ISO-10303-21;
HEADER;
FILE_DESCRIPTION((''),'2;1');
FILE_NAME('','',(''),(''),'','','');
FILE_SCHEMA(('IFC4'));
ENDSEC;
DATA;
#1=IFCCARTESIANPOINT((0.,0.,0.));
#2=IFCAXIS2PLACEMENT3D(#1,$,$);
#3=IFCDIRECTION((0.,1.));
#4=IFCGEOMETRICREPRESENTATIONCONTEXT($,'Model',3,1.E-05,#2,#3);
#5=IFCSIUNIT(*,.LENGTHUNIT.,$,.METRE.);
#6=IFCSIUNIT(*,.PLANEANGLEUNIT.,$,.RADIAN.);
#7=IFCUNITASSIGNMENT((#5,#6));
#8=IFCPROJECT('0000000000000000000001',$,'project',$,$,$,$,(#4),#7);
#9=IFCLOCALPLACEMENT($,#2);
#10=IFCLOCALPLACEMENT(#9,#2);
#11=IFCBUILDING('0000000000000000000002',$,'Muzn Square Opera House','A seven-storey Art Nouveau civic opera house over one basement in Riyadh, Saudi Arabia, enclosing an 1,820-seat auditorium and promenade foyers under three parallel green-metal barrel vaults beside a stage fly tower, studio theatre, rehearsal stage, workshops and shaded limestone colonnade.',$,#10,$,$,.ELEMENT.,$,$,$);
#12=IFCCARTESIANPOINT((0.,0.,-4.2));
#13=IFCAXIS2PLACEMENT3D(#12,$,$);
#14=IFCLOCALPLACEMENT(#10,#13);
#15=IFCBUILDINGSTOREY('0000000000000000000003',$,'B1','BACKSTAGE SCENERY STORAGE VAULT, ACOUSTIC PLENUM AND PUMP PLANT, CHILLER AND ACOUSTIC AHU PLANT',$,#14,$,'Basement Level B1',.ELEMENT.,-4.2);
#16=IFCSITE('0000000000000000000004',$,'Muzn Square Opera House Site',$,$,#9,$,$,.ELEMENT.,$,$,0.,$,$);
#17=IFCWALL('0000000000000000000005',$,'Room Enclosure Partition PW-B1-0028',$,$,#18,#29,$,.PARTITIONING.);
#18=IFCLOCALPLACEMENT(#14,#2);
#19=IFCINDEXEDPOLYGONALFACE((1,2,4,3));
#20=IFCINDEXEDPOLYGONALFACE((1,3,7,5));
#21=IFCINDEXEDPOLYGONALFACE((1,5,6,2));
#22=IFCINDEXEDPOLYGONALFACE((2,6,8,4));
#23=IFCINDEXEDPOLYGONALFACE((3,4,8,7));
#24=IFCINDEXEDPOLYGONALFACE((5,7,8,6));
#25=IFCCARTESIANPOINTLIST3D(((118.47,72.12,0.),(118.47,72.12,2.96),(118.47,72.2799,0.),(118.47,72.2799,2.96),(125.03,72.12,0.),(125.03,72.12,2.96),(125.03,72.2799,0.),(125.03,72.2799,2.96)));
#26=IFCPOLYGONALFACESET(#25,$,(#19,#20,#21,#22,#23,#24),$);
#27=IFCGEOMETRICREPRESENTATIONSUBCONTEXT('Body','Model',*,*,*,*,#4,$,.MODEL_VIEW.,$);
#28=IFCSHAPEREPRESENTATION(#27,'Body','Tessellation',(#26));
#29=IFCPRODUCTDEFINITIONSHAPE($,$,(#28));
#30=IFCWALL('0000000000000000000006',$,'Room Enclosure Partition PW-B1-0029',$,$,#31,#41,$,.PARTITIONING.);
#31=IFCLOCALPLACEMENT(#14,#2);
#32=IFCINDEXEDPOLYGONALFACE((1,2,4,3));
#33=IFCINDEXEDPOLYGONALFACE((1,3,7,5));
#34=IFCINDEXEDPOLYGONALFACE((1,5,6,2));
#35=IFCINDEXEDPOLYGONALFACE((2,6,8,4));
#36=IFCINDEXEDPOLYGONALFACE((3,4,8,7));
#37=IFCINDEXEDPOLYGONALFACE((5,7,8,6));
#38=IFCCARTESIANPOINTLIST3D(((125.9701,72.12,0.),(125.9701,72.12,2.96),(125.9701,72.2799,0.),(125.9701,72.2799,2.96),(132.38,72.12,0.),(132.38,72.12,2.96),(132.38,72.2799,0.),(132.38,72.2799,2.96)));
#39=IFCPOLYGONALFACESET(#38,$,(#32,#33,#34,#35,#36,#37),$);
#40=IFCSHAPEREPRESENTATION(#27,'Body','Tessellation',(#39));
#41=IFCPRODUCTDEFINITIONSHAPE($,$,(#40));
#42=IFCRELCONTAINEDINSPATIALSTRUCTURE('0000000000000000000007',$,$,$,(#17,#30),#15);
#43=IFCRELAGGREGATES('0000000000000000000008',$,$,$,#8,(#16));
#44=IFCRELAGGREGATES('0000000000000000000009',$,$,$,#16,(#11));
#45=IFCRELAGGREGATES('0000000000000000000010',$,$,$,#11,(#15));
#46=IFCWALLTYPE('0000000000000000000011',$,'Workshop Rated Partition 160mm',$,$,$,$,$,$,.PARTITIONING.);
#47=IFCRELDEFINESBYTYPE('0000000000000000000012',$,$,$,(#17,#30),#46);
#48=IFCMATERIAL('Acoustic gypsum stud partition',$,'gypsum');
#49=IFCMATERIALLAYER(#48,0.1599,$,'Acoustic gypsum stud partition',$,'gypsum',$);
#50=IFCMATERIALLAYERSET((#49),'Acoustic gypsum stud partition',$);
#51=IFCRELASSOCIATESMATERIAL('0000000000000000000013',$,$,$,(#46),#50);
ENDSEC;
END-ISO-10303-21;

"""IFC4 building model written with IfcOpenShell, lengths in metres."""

from ifc_helpers import new_model, si_unit, direction, frame, frame_2d, origin, place, context, subcontext, project, spatial, rectangle, extrude, material, layer, layer_set, type_object, element, save


model = new_model("IFC4")

# Units and contexts
model_context = context("Model", 3, precision=1e-05, world=origin(), true_north=direction((0.0, 1.0)))
body_context = subcontext(model_context, "Body", "Model", "MODEL_VIEW")
ifc_project = project(units=[si_unit("LENGTHUNIT", "METRE"), si_unit("PLANEANGLEUNIT", "RADIAN")], contexts=[model_context])

# Site, building, storey
site_placement = place(None, origin())
site = spatial("IfcSite", under=ifc_project, at=site_placement, Name="Muzn Square Opera House Site", CompositionType="ELEMENT", RefElevation=0.0)
building_placement = place(site_placement, origin())
building = spatial("IfcBuilding", under=site, at=building_placement, Name="Muzn Square Opera House", Description="A seven-storey Art Nouveau civic opera house over one basement in Riyadh, Saudi Arabia, enclosing an 1,820-seat auditorium and promenade foyers under three parallel green-metal barrel vaults beside a stage fly tower, studio theatre, rehearsal stage, workshops and shaded limestone colonnade.", CompositionType="ELEMENT")
storey_placement = place(building_placement, frame((0.0, 0.0, -4.2)))
storey = spatial("IfcBuildingStorey", under=building, at=storey_placement, Name="B1", Description="BACKSTAGE SCENERY STORAGE VAULT, ACOUSTIC PLENUM AND PUMP PLANT, CHILLER AND ACOUSTIC AHU PLANT", LongName="Basement Level B1", CompositionType="ELEMENT", Elevation=-4.2)

# Walls
ifc_material_1 = material(Name="Acoustic gypsum stud partition", Category="gypsum")
ifc_layer = layer(ifc_material_1, 0.1599, Name="Acoustic gypsum stud partition", Category="gypsum")
ifc_layer_set = layer_set([ifc_layer], Name="Acoustic gypsum stud partition")
wall_type = type_object("IfcWallType", Name="Workshop Rated Partition 160mm", PredefinedType="PARTITIONING", material=ifc_layer_set)
wall_1_placement = place(storey_placement, frame((118.47, 72.2, 0.0), z_axis=(0.0, 0.0, 1.0), x_axis=(1.0, 0.0, 0.0)))
element("IfcWall", 1, at=wall_1_placement, inside=storey, type_object=wall_type, Name="Room Enclosure Partition PW-B1-0028", PredefinedType="PARTITIONING", context=body_context, shape_type="SweptSolid", body=[
    extrude(rectangle(XDim=6.5601, YDim=0.1599, at=frame_2d((3.28, 0.0))), origin(), (0.0, 0.0, 1.0), 2.96),
])
wall_2_placement = place(storey_placement, frame((125.97, 72.2, 0.0), z_axis=(0.0, 0.0, 1.0), x_axis=(1.0, 0.0, 0.0)))
element("IfcWall", 2, at=wall_2_placement, inside=storey, type_object=wall_type, Name="Room Enclosure Partition PW-B1-0029", PredefinedType="PARTITIONING", context=body_context, shape_type="SweptSolid", body=[
    extrude(rectangle(XDim=6.4099, YDim=0.1599, at=frame_2d((3.2051, 0.0))), origin(), (0.0, 0.0, 1.0), 2.96),
])

save(model, "model.ifc")
